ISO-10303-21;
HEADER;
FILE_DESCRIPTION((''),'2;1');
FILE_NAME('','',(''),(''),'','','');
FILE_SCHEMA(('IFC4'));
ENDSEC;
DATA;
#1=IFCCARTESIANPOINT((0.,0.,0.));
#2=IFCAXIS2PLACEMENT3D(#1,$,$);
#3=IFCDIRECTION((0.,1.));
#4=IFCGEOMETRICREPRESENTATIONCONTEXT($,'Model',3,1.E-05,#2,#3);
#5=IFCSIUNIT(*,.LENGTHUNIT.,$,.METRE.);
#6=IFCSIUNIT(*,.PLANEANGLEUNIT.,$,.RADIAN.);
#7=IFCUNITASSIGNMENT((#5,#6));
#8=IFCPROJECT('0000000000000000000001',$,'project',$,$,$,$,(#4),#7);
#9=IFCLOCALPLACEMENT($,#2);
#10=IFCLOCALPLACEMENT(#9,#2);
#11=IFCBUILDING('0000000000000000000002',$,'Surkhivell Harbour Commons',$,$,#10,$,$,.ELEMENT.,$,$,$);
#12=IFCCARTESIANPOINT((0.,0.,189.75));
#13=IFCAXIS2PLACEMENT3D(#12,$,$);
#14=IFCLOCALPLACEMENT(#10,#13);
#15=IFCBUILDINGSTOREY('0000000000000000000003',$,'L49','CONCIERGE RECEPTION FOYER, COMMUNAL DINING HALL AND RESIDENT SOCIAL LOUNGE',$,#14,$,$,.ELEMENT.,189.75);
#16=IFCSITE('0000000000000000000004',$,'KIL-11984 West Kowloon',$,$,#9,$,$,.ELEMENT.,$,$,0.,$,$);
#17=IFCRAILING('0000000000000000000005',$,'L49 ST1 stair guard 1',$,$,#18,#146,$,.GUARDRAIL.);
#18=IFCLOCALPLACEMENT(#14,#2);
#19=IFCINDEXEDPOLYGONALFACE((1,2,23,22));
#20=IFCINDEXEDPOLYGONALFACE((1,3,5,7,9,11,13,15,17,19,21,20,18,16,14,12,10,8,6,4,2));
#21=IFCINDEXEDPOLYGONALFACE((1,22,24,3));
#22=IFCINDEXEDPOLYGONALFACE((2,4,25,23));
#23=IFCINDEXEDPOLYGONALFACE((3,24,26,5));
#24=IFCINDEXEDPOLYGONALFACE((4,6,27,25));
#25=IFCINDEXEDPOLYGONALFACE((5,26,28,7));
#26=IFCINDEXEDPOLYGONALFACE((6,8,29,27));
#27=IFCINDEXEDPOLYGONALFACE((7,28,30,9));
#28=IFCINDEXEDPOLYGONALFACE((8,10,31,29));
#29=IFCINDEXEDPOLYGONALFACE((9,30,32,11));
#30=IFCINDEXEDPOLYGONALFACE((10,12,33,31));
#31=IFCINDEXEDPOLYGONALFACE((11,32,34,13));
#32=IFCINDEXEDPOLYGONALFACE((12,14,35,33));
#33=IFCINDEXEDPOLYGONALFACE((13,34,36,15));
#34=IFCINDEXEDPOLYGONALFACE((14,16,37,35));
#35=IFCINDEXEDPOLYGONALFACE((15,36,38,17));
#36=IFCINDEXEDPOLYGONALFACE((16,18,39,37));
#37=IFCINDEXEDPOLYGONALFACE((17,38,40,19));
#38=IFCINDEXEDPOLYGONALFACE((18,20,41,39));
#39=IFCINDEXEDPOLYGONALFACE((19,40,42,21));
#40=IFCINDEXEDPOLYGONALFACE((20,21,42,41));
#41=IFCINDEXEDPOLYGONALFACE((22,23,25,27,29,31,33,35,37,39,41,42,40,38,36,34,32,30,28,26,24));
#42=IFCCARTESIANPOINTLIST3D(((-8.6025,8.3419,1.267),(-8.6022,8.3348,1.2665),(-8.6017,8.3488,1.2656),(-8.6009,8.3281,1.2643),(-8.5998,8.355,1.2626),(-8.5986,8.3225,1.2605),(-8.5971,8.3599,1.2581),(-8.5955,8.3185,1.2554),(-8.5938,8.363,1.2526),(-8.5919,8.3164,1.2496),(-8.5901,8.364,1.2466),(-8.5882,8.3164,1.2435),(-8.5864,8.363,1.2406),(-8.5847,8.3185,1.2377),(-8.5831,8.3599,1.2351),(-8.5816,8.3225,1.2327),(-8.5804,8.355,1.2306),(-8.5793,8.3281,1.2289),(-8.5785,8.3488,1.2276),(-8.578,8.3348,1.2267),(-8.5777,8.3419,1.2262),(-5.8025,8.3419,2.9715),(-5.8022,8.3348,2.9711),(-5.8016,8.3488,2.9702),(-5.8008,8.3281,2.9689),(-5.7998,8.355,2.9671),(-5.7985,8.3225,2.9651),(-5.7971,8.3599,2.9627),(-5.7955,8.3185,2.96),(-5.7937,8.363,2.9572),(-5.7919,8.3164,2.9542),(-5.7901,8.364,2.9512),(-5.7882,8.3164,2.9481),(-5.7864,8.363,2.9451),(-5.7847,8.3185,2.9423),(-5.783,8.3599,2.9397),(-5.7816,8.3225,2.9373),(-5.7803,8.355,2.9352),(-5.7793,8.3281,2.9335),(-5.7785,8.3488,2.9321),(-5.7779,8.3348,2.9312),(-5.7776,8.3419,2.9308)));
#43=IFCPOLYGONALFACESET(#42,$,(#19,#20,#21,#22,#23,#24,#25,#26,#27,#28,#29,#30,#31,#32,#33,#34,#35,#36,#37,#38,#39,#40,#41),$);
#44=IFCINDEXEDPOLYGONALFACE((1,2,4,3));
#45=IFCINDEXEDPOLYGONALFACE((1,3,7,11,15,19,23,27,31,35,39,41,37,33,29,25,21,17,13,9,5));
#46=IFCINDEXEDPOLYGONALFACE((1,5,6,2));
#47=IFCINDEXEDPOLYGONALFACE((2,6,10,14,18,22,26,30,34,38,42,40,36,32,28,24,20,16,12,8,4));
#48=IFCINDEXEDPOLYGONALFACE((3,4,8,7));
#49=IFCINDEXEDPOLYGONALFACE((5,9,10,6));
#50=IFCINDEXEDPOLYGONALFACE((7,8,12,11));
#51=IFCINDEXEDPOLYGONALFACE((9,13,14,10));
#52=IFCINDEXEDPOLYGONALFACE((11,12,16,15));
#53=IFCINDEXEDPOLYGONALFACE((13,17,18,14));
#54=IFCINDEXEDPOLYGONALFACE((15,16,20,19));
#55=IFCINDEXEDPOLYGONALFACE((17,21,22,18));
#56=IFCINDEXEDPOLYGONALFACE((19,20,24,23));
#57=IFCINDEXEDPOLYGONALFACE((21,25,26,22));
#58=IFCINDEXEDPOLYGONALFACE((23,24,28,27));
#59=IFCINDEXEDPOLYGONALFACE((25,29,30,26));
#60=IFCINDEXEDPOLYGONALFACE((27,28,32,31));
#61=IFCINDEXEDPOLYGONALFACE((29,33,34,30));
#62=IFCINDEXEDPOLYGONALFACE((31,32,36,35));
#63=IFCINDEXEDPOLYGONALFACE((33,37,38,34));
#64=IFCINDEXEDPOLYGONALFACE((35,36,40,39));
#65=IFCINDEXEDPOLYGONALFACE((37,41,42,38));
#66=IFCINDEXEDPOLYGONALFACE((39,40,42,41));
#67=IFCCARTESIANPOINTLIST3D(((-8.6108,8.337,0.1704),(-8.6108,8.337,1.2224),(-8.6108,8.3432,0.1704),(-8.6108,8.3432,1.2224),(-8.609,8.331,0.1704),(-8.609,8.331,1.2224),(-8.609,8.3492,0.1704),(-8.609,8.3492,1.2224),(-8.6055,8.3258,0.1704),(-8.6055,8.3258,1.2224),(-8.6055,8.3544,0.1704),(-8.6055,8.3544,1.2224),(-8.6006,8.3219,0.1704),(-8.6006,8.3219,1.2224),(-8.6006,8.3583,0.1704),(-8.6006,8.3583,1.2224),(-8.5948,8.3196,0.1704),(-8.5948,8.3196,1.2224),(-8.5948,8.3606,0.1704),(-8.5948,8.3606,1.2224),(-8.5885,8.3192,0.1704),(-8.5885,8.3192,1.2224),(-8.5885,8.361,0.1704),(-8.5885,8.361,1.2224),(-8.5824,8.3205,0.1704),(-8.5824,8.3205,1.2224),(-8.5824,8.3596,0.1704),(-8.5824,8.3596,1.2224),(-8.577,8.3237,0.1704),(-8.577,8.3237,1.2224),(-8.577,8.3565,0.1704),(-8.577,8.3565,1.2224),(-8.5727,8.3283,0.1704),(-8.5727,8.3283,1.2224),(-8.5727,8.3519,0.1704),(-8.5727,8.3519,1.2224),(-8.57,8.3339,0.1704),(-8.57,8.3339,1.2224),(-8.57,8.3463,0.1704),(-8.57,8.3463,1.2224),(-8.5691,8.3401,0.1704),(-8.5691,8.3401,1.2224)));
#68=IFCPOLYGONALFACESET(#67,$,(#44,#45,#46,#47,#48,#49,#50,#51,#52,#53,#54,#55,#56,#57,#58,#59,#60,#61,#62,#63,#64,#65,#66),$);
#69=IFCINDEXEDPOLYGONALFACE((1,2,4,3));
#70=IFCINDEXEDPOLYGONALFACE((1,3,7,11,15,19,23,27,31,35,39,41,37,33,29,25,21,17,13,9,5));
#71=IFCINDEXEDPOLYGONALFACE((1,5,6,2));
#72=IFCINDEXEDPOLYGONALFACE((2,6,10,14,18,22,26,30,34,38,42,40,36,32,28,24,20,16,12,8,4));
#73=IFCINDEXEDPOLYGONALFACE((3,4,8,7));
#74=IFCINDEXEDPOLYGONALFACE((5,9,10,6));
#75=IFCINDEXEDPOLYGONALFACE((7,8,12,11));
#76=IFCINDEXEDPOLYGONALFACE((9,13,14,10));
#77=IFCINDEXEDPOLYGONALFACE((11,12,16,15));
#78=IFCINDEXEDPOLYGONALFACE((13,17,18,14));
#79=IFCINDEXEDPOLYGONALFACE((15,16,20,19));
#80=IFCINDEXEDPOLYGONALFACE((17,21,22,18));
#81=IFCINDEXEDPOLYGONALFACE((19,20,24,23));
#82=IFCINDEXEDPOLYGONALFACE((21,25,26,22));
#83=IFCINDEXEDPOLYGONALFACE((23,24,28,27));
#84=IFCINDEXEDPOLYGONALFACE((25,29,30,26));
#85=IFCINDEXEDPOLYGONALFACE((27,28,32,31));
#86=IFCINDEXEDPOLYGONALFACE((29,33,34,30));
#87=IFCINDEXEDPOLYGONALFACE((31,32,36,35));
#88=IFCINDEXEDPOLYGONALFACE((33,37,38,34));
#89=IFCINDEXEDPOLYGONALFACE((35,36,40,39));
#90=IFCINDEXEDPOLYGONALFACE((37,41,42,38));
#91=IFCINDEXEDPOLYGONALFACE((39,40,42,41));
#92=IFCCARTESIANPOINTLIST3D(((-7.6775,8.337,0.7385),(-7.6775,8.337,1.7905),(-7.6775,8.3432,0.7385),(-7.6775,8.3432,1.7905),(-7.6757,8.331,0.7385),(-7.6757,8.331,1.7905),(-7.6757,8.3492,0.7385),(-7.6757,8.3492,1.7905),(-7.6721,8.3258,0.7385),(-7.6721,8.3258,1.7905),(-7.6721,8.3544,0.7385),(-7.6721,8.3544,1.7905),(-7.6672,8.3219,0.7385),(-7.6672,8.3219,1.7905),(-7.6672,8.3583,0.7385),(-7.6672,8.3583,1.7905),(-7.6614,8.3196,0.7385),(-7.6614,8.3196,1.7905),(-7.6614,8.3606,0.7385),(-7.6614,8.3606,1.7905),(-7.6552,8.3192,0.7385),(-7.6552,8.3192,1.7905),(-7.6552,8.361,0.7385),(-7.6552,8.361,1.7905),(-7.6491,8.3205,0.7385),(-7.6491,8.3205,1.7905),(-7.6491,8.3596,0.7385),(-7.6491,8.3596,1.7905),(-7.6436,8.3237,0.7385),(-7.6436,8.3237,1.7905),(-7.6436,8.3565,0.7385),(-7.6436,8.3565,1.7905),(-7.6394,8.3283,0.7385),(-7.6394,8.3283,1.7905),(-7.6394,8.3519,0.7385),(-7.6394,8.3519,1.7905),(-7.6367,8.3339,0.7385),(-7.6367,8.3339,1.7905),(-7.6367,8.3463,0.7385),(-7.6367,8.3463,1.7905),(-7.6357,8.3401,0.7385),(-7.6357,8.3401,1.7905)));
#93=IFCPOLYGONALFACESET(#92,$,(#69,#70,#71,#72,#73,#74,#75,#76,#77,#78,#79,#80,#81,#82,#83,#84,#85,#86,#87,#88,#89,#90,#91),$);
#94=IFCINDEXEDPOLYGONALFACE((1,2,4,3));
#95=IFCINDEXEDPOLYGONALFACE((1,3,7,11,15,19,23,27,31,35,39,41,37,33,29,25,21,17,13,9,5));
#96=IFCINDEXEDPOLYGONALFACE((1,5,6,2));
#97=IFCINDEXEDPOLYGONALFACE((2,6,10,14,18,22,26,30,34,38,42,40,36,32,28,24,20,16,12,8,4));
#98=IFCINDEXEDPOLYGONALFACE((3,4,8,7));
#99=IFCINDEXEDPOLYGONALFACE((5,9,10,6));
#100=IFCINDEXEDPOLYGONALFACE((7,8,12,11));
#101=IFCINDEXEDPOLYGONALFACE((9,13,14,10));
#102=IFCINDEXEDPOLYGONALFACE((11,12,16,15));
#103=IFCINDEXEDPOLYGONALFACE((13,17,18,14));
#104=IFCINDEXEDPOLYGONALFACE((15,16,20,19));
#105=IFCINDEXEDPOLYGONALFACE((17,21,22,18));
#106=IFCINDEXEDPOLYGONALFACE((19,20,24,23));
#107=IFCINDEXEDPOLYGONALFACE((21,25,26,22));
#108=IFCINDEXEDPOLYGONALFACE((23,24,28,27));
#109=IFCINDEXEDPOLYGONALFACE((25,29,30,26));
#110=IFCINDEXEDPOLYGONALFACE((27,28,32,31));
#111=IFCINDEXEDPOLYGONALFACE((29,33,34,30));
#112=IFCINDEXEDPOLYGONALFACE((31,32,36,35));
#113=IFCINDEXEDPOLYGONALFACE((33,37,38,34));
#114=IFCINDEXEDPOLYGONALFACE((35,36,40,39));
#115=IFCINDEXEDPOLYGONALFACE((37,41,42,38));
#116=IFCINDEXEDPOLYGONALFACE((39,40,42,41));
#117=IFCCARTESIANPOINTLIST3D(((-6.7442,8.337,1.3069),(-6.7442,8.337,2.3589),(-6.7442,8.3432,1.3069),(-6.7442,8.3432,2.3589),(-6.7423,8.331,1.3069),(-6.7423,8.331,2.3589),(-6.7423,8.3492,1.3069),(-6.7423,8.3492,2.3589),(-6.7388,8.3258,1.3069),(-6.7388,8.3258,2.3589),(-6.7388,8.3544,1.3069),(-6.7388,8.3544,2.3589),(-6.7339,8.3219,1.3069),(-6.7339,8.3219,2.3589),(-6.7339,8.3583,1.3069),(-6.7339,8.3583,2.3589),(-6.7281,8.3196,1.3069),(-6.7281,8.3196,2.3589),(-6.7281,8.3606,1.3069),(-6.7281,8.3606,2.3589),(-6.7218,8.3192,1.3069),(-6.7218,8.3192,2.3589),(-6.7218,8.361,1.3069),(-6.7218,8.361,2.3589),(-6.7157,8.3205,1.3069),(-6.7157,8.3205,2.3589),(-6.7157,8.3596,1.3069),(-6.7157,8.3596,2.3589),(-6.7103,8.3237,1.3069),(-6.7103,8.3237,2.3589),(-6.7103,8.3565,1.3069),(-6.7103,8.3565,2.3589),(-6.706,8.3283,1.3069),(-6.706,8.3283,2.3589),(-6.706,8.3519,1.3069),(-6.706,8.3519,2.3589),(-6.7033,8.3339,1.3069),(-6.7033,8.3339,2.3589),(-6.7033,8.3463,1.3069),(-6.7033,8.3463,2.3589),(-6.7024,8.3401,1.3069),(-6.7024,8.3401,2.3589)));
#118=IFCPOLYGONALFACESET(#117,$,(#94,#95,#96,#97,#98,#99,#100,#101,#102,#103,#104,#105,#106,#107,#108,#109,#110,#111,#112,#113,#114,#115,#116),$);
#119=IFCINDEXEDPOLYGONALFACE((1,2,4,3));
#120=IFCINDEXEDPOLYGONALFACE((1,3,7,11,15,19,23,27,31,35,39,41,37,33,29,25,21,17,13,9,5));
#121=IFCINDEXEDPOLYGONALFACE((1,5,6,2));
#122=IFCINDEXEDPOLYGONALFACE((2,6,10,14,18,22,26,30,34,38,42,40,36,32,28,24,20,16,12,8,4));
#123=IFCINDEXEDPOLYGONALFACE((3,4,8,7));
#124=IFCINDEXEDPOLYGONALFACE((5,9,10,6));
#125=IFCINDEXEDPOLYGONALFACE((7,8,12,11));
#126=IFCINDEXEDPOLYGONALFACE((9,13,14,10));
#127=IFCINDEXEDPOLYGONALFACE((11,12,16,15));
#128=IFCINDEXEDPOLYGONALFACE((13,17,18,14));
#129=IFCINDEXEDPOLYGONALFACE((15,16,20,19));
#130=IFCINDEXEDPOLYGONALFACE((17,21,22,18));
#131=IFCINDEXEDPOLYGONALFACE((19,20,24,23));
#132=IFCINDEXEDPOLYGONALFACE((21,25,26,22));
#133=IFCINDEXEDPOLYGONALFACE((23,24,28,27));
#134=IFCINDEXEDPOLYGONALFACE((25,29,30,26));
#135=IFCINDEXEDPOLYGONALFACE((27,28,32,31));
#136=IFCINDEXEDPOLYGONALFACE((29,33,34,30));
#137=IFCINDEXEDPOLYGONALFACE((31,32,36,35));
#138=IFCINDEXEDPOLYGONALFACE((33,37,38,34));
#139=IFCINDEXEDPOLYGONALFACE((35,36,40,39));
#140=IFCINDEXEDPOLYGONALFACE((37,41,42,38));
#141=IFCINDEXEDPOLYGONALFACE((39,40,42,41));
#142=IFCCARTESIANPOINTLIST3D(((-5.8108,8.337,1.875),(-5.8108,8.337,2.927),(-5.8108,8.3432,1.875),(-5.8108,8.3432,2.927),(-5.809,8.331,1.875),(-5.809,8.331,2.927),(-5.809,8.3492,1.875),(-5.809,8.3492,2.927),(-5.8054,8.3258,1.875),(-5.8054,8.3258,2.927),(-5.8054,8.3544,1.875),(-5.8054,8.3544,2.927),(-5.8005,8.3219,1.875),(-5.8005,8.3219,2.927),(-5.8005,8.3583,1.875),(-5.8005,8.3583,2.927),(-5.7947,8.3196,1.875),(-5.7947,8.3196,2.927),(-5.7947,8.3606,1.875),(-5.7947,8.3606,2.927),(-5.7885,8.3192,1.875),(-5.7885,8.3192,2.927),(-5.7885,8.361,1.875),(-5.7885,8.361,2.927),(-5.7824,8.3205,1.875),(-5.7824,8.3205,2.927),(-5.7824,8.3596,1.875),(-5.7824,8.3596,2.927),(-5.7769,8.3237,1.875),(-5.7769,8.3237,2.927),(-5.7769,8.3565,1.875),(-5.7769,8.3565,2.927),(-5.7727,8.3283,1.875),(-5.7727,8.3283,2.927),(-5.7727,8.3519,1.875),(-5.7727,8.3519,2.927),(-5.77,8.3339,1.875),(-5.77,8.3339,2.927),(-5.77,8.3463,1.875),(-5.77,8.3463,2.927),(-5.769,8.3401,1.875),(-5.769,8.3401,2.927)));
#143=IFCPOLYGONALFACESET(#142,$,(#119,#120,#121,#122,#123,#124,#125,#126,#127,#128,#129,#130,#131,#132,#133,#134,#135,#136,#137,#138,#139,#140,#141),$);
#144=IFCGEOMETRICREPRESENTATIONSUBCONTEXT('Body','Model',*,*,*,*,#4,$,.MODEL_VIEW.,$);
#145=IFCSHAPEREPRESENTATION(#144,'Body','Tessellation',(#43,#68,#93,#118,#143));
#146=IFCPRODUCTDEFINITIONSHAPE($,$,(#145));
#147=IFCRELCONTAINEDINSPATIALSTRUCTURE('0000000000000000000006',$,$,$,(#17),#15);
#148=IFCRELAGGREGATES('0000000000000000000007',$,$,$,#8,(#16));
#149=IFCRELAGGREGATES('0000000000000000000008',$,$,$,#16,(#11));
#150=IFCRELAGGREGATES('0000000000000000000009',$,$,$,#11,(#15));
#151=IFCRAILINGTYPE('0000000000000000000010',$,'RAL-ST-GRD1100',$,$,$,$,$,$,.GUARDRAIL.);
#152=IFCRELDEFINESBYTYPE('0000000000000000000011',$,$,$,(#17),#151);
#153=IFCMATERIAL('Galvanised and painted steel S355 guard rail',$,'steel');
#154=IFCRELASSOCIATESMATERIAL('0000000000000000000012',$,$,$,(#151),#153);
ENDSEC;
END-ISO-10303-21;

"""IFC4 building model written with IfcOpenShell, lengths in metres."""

from ifc_helpers import new_model, si_unit, direction, frame, origin, origin_2d, place, context, subcontext, project, spatial, circle, extrude, material, type_object, element, save


model = new_model("IFC4")

# Units and contexts
model_context = context("Model", 3, precision=1e-05, world=origin(), true_north=direction((0.0, 1.0)))
body_context = subcontext(model_context, "Body", "Model", "MODEL_VIEW")
ifc_project = project(units=[si_unit("LENGTHUNIT", "METRE"), si_unit("PLANEANGLEUNIT", "RADIAN")], contexts=[model_context])

# Site, building, storey
site_placement = place(None, origin())
site = spatial("IfcSite", under=ifc_project, at=site_placement, Name="KIL-11984 West Kowloon", CompositionType="ELEMENT", RefElevation=0.0)
building_placement = place(site_placement, origin())
building = spatial("IfcBuilding", under=site, at=building_placement, Name="Surkhivell Harbour Commons", CompositionType="ELEMENT")
storey_placement = place(building_placement, frame((0.0, 0.0, 189.75)))
storey = spatial("IfcBuildingStorey", under=building, at=storey_placement, Name="L49", Description="CONCIERGE RECEPTION FOYER, COMMUNAL DINING HALL AND RESIDENT SOCIAL LOUNGE", CompositionType="ELEMENT", Elevation=189.75)

# Railing
ifc_material_1 = material(Name="Galvanised and painted steel S355 guard rail", Category="steel")
railing_type_1 = type_object("IfcRailingType", Name="RAL-ST-GRD1100", PredefinedType="GUARDRAIL", material=ifc_material_1)
railing_1_placement = place(storey_placement, frame((-8.5901, 8.3401, 0.1704)))
element("IfcRailing", 1, at=railing_1_placement, inside=storey, type_object=railing_type_1, Name="L49 ST1 stair guard 1", PredefinedType="GUARDRAIL", context=body_context, shape_type="SweptSolid", body=[
    extrude(circle(Radius=0.0239, at=origin_2d()), frame((0.0, 0.0, 1.0762), z_axis=(0.85417, 0.0, 0.519994), x_axis=(0.0, 1.0, 0.0)), (0.0, 0.0, 1.0), 3.2781),
    extrude(circle(Radius=0.021, at=origin_2d()), origin(), (0.0, 0.0, 1.0), 1.052),
    extrude(circle(Radius=0.021, at=origin_2d()), frame((0.9333, 0.0, 0.5681)), (0.0, 0.0, 1.0), 1.052),
    extrude(circle(Radius=0.021, at=origin_2d()), frame((1.8667, 0.0, 1.1365)), (0.0, 0.0, 1.0), 1.052),
    extrude(circle(Radius=0.021, at=origin_2d()), frame((2.8, 0.0, 1.7046)), (0.0, 0.0, 1.0), 1.052),
])

save(model, "model.ifc")
